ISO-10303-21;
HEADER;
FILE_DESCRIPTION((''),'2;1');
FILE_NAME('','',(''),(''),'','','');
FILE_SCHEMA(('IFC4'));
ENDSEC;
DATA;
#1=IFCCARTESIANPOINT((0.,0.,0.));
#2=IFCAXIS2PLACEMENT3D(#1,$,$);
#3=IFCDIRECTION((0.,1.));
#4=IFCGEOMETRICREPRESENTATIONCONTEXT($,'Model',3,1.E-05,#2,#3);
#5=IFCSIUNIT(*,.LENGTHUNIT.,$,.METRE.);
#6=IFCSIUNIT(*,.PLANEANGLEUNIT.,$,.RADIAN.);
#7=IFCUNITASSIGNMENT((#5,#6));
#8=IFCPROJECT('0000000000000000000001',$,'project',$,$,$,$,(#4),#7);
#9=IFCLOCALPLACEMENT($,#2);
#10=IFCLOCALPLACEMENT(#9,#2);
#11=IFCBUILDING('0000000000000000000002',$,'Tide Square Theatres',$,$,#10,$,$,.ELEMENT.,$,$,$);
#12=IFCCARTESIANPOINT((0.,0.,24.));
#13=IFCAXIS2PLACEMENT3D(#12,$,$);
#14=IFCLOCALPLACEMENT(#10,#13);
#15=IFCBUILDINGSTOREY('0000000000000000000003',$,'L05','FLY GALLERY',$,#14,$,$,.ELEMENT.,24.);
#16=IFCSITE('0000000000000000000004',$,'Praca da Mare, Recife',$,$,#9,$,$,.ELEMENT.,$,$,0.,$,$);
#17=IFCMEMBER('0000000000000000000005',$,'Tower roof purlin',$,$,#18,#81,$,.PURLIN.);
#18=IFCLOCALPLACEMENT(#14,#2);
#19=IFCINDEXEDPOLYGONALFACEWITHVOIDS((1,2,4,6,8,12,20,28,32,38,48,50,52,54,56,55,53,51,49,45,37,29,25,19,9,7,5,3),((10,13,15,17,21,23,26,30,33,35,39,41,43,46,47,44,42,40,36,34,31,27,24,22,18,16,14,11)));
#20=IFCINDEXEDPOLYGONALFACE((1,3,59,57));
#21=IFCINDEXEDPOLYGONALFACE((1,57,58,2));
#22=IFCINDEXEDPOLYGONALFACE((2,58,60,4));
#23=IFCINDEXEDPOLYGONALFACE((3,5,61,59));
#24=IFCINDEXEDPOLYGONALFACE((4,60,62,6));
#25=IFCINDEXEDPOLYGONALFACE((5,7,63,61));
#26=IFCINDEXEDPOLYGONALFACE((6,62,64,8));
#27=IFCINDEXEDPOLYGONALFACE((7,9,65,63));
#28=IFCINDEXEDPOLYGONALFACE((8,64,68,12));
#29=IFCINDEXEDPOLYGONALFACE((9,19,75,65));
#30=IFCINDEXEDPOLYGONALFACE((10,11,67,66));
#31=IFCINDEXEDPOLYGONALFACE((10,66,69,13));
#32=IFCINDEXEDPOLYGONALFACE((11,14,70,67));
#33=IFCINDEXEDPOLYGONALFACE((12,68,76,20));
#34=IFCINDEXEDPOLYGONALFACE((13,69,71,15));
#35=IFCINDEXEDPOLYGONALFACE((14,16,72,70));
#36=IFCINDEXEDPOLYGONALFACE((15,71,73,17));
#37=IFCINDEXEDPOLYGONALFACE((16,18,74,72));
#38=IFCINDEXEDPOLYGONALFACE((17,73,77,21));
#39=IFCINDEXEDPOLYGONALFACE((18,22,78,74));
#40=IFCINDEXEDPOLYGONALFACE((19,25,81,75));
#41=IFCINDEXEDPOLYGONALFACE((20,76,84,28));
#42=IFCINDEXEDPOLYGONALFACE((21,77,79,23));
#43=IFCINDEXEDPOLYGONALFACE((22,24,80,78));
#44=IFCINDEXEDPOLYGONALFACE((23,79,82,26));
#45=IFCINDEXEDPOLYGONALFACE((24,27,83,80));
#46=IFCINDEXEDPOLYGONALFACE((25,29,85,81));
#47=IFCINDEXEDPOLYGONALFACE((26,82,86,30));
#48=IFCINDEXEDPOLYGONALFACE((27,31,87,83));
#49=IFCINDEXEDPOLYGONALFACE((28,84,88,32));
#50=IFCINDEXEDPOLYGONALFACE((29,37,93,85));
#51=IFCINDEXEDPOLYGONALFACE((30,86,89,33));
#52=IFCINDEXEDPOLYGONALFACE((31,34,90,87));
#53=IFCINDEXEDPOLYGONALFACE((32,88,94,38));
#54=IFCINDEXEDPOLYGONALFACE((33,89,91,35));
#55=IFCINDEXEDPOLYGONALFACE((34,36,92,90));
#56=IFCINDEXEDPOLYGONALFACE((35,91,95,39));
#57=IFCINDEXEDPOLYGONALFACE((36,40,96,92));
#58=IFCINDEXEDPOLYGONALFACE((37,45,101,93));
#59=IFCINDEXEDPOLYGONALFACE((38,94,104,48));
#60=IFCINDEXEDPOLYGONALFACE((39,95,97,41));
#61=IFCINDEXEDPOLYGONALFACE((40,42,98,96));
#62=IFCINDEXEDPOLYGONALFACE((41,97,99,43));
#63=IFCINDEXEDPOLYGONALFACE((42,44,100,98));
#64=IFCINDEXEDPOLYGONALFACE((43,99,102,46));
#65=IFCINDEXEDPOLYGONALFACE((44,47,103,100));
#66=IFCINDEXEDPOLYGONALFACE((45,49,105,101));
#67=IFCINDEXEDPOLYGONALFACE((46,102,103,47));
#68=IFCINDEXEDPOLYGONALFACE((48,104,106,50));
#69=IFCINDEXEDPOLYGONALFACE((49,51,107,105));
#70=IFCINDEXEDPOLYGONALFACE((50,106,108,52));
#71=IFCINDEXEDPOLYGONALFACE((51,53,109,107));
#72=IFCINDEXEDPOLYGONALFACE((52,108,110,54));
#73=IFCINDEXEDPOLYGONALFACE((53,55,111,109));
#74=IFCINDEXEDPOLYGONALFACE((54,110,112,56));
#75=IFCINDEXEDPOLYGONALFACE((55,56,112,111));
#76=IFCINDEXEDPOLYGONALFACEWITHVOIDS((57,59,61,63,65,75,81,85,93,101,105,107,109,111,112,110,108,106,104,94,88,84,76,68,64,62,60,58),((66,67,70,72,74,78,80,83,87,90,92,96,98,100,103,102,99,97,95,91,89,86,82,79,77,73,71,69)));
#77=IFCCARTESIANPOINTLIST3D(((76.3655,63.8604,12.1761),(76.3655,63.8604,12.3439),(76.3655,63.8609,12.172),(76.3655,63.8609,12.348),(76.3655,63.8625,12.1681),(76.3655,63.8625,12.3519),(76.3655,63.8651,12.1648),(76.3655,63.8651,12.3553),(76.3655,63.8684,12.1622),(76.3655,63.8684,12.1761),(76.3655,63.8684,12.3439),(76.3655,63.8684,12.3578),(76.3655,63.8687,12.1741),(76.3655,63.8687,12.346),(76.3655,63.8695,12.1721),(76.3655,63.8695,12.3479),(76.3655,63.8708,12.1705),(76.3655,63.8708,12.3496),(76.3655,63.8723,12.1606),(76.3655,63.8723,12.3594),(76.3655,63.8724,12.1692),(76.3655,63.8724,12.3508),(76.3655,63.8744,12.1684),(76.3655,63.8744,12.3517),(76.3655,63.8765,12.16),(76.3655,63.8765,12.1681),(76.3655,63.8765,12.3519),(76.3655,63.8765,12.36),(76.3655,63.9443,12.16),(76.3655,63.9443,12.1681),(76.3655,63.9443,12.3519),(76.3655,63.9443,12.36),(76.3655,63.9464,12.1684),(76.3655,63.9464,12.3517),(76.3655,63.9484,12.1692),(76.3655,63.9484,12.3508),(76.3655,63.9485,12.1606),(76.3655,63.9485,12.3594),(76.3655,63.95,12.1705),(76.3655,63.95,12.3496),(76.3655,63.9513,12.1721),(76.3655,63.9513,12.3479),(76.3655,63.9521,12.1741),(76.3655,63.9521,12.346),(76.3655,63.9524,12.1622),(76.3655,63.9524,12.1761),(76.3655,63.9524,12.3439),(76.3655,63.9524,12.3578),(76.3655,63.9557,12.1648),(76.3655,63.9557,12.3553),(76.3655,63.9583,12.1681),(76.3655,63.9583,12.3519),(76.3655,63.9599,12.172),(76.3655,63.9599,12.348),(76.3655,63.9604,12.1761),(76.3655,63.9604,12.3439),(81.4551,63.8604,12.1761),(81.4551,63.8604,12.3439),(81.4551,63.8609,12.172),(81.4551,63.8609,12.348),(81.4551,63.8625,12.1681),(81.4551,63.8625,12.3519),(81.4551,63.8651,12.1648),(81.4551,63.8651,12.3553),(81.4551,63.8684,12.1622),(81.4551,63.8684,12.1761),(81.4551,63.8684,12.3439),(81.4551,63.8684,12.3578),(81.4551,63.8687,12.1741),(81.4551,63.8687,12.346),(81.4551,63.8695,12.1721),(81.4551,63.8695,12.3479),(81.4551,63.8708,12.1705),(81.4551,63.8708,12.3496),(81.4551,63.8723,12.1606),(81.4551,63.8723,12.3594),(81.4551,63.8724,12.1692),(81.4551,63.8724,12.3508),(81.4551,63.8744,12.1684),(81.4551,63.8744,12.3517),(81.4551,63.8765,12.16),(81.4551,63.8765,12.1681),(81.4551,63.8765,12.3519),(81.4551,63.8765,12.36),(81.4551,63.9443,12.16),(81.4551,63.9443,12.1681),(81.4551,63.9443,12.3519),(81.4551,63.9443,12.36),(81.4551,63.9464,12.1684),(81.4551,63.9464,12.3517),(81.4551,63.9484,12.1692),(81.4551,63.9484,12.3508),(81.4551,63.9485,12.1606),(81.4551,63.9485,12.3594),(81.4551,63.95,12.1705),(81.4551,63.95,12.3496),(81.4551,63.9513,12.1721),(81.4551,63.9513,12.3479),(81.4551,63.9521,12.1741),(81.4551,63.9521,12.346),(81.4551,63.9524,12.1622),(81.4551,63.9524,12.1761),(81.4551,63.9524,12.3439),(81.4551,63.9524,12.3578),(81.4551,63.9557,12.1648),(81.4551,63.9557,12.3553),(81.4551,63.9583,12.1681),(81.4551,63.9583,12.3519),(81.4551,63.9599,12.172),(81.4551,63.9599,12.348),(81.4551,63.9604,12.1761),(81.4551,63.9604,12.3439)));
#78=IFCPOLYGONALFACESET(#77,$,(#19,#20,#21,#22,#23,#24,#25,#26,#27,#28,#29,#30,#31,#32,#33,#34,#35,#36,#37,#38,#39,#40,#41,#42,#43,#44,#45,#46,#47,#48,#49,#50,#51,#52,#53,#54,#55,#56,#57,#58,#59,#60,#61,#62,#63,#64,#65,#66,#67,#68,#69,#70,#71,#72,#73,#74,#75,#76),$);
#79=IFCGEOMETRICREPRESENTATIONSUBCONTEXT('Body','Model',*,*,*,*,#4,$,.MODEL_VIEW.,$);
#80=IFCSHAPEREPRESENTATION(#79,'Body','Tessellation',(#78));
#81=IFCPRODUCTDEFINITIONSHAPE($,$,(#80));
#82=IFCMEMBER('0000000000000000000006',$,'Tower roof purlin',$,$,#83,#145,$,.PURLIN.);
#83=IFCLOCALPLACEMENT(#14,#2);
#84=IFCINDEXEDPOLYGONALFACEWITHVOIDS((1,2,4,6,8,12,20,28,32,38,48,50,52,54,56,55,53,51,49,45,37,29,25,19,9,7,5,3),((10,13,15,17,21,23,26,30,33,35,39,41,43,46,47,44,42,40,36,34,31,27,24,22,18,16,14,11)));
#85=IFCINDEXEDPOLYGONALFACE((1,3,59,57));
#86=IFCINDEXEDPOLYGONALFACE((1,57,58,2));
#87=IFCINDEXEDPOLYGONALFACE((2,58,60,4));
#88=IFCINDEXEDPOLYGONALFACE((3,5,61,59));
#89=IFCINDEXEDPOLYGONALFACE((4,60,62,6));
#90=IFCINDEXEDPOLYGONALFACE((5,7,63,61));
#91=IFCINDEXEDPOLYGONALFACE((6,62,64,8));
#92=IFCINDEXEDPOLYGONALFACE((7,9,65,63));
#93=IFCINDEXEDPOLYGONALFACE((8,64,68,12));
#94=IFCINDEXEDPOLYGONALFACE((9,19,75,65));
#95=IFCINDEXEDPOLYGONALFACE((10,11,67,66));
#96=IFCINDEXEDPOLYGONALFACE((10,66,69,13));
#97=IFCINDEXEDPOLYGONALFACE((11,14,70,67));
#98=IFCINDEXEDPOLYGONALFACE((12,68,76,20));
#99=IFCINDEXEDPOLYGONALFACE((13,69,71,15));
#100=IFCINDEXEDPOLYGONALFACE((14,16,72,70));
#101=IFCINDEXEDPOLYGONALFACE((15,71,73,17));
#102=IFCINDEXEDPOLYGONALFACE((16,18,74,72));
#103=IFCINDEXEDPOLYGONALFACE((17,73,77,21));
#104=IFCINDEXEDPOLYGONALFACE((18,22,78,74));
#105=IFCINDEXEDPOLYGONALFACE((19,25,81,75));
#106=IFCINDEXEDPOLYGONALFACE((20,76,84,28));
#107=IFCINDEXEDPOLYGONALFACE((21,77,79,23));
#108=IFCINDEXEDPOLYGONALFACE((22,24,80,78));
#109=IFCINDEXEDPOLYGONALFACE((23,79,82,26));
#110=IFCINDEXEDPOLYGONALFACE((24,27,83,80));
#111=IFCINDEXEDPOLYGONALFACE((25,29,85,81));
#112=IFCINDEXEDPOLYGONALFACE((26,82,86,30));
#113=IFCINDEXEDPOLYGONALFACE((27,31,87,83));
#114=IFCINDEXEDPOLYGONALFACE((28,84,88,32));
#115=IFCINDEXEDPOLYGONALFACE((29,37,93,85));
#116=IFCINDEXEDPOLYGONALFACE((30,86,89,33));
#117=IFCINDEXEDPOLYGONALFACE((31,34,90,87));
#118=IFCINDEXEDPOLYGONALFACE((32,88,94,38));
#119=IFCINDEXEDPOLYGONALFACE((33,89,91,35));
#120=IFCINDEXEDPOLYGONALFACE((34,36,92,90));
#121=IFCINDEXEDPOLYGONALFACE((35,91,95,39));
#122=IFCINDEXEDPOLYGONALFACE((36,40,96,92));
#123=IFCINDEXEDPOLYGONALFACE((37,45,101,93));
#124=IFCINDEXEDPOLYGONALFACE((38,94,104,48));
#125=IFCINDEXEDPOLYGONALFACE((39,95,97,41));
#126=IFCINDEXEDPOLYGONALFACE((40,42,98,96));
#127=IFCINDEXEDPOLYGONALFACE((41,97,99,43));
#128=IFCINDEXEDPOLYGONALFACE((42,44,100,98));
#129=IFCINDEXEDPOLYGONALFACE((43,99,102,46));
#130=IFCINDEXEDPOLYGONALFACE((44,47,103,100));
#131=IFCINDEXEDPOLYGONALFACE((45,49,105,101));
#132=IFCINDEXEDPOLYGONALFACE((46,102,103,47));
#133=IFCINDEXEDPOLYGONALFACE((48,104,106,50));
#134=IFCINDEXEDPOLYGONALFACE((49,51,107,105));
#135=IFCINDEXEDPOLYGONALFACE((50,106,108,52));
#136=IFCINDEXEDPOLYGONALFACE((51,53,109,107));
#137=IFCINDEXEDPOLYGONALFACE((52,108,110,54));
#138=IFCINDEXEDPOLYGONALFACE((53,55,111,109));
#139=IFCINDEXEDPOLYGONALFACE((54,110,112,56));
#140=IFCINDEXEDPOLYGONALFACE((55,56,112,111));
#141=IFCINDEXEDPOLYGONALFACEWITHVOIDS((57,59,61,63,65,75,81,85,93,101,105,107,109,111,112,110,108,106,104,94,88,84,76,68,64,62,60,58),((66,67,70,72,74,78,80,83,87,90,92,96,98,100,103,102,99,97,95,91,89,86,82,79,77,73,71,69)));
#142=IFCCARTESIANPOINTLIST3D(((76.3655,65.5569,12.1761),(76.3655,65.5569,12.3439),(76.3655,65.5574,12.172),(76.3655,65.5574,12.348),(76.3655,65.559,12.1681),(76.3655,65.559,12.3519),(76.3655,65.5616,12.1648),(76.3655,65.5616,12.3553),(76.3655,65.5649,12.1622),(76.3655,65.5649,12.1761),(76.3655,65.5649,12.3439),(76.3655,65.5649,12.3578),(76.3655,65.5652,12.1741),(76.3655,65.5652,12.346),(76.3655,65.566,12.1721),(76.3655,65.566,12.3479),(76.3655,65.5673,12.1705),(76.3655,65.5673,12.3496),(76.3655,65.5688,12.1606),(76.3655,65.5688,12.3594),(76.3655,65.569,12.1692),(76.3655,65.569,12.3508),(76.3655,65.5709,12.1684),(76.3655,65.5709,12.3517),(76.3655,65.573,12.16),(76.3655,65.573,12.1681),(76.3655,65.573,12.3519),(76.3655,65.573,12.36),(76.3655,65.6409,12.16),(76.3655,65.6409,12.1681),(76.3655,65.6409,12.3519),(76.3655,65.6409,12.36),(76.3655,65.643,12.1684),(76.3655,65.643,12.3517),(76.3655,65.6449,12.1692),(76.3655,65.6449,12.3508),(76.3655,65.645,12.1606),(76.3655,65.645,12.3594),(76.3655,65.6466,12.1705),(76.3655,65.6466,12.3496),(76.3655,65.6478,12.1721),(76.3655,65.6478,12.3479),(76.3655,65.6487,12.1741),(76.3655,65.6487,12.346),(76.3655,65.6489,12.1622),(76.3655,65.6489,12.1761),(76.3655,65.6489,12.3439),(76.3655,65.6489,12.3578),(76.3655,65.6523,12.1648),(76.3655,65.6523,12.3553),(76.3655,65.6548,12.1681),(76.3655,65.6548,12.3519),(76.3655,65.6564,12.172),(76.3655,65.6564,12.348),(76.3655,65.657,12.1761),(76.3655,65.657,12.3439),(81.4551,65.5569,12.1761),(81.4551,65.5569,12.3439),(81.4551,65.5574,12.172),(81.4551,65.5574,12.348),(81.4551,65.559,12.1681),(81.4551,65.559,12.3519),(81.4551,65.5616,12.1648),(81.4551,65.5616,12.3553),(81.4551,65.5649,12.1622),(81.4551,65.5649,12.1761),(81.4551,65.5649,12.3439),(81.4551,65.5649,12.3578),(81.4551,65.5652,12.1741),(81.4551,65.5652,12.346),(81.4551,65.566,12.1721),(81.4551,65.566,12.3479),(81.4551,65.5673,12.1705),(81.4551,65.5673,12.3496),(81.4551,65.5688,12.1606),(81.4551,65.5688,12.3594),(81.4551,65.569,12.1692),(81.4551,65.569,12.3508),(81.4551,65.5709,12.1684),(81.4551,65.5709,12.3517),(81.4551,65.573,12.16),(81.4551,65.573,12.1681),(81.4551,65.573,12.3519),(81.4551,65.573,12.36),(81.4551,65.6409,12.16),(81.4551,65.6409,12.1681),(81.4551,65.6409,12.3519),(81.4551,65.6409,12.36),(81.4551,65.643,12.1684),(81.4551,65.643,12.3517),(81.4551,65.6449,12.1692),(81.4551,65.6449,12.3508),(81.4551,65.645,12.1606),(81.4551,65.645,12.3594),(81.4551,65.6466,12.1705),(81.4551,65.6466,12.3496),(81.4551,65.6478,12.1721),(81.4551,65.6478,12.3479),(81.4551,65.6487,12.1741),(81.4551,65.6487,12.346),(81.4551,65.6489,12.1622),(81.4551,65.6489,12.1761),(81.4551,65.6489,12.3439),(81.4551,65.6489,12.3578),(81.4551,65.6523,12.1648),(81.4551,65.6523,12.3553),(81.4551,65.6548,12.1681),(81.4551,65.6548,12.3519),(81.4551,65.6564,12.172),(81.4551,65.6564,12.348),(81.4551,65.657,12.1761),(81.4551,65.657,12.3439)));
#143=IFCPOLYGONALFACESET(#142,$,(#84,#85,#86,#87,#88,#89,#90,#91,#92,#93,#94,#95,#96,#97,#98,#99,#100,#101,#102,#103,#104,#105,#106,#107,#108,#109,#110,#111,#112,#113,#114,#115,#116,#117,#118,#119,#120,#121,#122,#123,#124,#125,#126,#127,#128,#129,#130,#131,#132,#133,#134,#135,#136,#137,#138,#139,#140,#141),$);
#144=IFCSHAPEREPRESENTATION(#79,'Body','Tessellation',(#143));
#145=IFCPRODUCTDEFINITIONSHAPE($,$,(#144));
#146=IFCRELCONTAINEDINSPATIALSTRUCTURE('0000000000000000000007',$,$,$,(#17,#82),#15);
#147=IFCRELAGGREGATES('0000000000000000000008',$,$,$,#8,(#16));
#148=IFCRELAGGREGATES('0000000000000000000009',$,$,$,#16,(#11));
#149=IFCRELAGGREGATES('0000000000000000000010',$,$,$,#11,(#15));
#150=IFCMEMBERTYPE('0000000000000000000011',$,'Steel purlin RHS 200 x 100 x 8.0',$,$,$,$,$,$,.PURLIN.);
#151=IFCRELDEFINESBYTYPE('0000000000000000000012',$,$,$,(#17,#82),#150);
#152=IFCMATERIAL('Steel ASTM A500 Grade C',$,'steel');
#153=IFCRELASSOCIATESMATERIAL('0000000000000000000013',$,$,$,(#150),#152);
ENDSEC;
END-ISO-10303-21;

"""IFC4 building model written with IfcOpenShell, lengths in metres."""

from ifc_helpers import new_model, si_unit, direction, frame, origin, origin_2d, place, context, subcontext, project, spatial, hollow_rectangle, extrude, material, material_profile, profile_set, type_object, element, save


model = new_model("IFC4")

# Units and contexts
model_context = context("Model", 3, precision=1e-05, world=origin(), true_north=direction((0.0, 1.0)))
body_context = subcontext(model_context, "Body", "Model", "MODEL_VIEW")
ifc_project = project(units=[si_unit("LENGTHUNIT", "METRE"), si_unit("PLANEANGLEUNIT", "RADIAN")], contexts=[model_context])

# Site, building, storey
site_placement = place(None, origin())
site = spatial("IfcSite", under=ifc_project, at=site_placement, Name="Praca da Mare, Recife", CompositionType="ELEMENT", RefElevation=0.0)
building_placement = place(site_placement, origin())
building = spatial("IfcBuilding", under=site, at=building_placement, Name="Tide Square Theatres", CompositionType="ELEMENT")
storey_placement = place(building_placement, frame((0.0, 0.0, 24.0)))
storey = spatial("IfcBuildingStorey", under=building, at=storey_placement, Name="L05", Description="FLY GALLERY", CompositionType="ELEMENT", Elevation=24.0)

# Members
ifc_material_1 = material(Name="Steel ASTM A500 Grade C", Category="steel")
ifc_material_profile_1 = material_profile(ifc_material_1, hollow_rectangle(XDim=0.1001, YDim=0.2, WallThickness=0.0081, InnerFilletRadius=0.0081, OuterFilletRadius=0.0161, at=origin_2d()))
ifc_profile_set_1 = profile_set([ifc_material_profile_1], Name="Steel ASTM A500 Grade C")
member_type = type_object("IfcMemberType", Name="Steel purlin RHS 200 x 100 x 8.0", PredefinedType="PURLIN", material=ifc_profile_set_1)
for number, where, z_axis, x_axis, name in (
    (1, (76.3655, 63.9104, 12.26), (1.0, 0.0, 0.0), (0.0, 1.0, 0.0), "Tower roof purlin"),
    (2, (76.3655, 65.6069, 12.26), (1.0, 0.0, 0.0), (0.0, 1.0, 0.0), "Tower roof purlin"),
):
    element("IfcMember", number, at=place(storey_placement, frame(where, z_axis=z_axis, x_axis=x_axis)), inside=storey, type_object=member_type, Name=name, PredefinedType="PURLIN", context=body_context, shape_type="SweptSolid", body=[
        extrude(hollow_rectangle(XDim=0.1001, YDim=0.2, WallThickness=0.0081, InnerFilletRadius=0.0081, OuterFilletRadius=0.0161, at=origin_2d()), origin(), (0.0, 0.0, 1.0), 5.0896),
    ])

save(model, "model.ifc")
